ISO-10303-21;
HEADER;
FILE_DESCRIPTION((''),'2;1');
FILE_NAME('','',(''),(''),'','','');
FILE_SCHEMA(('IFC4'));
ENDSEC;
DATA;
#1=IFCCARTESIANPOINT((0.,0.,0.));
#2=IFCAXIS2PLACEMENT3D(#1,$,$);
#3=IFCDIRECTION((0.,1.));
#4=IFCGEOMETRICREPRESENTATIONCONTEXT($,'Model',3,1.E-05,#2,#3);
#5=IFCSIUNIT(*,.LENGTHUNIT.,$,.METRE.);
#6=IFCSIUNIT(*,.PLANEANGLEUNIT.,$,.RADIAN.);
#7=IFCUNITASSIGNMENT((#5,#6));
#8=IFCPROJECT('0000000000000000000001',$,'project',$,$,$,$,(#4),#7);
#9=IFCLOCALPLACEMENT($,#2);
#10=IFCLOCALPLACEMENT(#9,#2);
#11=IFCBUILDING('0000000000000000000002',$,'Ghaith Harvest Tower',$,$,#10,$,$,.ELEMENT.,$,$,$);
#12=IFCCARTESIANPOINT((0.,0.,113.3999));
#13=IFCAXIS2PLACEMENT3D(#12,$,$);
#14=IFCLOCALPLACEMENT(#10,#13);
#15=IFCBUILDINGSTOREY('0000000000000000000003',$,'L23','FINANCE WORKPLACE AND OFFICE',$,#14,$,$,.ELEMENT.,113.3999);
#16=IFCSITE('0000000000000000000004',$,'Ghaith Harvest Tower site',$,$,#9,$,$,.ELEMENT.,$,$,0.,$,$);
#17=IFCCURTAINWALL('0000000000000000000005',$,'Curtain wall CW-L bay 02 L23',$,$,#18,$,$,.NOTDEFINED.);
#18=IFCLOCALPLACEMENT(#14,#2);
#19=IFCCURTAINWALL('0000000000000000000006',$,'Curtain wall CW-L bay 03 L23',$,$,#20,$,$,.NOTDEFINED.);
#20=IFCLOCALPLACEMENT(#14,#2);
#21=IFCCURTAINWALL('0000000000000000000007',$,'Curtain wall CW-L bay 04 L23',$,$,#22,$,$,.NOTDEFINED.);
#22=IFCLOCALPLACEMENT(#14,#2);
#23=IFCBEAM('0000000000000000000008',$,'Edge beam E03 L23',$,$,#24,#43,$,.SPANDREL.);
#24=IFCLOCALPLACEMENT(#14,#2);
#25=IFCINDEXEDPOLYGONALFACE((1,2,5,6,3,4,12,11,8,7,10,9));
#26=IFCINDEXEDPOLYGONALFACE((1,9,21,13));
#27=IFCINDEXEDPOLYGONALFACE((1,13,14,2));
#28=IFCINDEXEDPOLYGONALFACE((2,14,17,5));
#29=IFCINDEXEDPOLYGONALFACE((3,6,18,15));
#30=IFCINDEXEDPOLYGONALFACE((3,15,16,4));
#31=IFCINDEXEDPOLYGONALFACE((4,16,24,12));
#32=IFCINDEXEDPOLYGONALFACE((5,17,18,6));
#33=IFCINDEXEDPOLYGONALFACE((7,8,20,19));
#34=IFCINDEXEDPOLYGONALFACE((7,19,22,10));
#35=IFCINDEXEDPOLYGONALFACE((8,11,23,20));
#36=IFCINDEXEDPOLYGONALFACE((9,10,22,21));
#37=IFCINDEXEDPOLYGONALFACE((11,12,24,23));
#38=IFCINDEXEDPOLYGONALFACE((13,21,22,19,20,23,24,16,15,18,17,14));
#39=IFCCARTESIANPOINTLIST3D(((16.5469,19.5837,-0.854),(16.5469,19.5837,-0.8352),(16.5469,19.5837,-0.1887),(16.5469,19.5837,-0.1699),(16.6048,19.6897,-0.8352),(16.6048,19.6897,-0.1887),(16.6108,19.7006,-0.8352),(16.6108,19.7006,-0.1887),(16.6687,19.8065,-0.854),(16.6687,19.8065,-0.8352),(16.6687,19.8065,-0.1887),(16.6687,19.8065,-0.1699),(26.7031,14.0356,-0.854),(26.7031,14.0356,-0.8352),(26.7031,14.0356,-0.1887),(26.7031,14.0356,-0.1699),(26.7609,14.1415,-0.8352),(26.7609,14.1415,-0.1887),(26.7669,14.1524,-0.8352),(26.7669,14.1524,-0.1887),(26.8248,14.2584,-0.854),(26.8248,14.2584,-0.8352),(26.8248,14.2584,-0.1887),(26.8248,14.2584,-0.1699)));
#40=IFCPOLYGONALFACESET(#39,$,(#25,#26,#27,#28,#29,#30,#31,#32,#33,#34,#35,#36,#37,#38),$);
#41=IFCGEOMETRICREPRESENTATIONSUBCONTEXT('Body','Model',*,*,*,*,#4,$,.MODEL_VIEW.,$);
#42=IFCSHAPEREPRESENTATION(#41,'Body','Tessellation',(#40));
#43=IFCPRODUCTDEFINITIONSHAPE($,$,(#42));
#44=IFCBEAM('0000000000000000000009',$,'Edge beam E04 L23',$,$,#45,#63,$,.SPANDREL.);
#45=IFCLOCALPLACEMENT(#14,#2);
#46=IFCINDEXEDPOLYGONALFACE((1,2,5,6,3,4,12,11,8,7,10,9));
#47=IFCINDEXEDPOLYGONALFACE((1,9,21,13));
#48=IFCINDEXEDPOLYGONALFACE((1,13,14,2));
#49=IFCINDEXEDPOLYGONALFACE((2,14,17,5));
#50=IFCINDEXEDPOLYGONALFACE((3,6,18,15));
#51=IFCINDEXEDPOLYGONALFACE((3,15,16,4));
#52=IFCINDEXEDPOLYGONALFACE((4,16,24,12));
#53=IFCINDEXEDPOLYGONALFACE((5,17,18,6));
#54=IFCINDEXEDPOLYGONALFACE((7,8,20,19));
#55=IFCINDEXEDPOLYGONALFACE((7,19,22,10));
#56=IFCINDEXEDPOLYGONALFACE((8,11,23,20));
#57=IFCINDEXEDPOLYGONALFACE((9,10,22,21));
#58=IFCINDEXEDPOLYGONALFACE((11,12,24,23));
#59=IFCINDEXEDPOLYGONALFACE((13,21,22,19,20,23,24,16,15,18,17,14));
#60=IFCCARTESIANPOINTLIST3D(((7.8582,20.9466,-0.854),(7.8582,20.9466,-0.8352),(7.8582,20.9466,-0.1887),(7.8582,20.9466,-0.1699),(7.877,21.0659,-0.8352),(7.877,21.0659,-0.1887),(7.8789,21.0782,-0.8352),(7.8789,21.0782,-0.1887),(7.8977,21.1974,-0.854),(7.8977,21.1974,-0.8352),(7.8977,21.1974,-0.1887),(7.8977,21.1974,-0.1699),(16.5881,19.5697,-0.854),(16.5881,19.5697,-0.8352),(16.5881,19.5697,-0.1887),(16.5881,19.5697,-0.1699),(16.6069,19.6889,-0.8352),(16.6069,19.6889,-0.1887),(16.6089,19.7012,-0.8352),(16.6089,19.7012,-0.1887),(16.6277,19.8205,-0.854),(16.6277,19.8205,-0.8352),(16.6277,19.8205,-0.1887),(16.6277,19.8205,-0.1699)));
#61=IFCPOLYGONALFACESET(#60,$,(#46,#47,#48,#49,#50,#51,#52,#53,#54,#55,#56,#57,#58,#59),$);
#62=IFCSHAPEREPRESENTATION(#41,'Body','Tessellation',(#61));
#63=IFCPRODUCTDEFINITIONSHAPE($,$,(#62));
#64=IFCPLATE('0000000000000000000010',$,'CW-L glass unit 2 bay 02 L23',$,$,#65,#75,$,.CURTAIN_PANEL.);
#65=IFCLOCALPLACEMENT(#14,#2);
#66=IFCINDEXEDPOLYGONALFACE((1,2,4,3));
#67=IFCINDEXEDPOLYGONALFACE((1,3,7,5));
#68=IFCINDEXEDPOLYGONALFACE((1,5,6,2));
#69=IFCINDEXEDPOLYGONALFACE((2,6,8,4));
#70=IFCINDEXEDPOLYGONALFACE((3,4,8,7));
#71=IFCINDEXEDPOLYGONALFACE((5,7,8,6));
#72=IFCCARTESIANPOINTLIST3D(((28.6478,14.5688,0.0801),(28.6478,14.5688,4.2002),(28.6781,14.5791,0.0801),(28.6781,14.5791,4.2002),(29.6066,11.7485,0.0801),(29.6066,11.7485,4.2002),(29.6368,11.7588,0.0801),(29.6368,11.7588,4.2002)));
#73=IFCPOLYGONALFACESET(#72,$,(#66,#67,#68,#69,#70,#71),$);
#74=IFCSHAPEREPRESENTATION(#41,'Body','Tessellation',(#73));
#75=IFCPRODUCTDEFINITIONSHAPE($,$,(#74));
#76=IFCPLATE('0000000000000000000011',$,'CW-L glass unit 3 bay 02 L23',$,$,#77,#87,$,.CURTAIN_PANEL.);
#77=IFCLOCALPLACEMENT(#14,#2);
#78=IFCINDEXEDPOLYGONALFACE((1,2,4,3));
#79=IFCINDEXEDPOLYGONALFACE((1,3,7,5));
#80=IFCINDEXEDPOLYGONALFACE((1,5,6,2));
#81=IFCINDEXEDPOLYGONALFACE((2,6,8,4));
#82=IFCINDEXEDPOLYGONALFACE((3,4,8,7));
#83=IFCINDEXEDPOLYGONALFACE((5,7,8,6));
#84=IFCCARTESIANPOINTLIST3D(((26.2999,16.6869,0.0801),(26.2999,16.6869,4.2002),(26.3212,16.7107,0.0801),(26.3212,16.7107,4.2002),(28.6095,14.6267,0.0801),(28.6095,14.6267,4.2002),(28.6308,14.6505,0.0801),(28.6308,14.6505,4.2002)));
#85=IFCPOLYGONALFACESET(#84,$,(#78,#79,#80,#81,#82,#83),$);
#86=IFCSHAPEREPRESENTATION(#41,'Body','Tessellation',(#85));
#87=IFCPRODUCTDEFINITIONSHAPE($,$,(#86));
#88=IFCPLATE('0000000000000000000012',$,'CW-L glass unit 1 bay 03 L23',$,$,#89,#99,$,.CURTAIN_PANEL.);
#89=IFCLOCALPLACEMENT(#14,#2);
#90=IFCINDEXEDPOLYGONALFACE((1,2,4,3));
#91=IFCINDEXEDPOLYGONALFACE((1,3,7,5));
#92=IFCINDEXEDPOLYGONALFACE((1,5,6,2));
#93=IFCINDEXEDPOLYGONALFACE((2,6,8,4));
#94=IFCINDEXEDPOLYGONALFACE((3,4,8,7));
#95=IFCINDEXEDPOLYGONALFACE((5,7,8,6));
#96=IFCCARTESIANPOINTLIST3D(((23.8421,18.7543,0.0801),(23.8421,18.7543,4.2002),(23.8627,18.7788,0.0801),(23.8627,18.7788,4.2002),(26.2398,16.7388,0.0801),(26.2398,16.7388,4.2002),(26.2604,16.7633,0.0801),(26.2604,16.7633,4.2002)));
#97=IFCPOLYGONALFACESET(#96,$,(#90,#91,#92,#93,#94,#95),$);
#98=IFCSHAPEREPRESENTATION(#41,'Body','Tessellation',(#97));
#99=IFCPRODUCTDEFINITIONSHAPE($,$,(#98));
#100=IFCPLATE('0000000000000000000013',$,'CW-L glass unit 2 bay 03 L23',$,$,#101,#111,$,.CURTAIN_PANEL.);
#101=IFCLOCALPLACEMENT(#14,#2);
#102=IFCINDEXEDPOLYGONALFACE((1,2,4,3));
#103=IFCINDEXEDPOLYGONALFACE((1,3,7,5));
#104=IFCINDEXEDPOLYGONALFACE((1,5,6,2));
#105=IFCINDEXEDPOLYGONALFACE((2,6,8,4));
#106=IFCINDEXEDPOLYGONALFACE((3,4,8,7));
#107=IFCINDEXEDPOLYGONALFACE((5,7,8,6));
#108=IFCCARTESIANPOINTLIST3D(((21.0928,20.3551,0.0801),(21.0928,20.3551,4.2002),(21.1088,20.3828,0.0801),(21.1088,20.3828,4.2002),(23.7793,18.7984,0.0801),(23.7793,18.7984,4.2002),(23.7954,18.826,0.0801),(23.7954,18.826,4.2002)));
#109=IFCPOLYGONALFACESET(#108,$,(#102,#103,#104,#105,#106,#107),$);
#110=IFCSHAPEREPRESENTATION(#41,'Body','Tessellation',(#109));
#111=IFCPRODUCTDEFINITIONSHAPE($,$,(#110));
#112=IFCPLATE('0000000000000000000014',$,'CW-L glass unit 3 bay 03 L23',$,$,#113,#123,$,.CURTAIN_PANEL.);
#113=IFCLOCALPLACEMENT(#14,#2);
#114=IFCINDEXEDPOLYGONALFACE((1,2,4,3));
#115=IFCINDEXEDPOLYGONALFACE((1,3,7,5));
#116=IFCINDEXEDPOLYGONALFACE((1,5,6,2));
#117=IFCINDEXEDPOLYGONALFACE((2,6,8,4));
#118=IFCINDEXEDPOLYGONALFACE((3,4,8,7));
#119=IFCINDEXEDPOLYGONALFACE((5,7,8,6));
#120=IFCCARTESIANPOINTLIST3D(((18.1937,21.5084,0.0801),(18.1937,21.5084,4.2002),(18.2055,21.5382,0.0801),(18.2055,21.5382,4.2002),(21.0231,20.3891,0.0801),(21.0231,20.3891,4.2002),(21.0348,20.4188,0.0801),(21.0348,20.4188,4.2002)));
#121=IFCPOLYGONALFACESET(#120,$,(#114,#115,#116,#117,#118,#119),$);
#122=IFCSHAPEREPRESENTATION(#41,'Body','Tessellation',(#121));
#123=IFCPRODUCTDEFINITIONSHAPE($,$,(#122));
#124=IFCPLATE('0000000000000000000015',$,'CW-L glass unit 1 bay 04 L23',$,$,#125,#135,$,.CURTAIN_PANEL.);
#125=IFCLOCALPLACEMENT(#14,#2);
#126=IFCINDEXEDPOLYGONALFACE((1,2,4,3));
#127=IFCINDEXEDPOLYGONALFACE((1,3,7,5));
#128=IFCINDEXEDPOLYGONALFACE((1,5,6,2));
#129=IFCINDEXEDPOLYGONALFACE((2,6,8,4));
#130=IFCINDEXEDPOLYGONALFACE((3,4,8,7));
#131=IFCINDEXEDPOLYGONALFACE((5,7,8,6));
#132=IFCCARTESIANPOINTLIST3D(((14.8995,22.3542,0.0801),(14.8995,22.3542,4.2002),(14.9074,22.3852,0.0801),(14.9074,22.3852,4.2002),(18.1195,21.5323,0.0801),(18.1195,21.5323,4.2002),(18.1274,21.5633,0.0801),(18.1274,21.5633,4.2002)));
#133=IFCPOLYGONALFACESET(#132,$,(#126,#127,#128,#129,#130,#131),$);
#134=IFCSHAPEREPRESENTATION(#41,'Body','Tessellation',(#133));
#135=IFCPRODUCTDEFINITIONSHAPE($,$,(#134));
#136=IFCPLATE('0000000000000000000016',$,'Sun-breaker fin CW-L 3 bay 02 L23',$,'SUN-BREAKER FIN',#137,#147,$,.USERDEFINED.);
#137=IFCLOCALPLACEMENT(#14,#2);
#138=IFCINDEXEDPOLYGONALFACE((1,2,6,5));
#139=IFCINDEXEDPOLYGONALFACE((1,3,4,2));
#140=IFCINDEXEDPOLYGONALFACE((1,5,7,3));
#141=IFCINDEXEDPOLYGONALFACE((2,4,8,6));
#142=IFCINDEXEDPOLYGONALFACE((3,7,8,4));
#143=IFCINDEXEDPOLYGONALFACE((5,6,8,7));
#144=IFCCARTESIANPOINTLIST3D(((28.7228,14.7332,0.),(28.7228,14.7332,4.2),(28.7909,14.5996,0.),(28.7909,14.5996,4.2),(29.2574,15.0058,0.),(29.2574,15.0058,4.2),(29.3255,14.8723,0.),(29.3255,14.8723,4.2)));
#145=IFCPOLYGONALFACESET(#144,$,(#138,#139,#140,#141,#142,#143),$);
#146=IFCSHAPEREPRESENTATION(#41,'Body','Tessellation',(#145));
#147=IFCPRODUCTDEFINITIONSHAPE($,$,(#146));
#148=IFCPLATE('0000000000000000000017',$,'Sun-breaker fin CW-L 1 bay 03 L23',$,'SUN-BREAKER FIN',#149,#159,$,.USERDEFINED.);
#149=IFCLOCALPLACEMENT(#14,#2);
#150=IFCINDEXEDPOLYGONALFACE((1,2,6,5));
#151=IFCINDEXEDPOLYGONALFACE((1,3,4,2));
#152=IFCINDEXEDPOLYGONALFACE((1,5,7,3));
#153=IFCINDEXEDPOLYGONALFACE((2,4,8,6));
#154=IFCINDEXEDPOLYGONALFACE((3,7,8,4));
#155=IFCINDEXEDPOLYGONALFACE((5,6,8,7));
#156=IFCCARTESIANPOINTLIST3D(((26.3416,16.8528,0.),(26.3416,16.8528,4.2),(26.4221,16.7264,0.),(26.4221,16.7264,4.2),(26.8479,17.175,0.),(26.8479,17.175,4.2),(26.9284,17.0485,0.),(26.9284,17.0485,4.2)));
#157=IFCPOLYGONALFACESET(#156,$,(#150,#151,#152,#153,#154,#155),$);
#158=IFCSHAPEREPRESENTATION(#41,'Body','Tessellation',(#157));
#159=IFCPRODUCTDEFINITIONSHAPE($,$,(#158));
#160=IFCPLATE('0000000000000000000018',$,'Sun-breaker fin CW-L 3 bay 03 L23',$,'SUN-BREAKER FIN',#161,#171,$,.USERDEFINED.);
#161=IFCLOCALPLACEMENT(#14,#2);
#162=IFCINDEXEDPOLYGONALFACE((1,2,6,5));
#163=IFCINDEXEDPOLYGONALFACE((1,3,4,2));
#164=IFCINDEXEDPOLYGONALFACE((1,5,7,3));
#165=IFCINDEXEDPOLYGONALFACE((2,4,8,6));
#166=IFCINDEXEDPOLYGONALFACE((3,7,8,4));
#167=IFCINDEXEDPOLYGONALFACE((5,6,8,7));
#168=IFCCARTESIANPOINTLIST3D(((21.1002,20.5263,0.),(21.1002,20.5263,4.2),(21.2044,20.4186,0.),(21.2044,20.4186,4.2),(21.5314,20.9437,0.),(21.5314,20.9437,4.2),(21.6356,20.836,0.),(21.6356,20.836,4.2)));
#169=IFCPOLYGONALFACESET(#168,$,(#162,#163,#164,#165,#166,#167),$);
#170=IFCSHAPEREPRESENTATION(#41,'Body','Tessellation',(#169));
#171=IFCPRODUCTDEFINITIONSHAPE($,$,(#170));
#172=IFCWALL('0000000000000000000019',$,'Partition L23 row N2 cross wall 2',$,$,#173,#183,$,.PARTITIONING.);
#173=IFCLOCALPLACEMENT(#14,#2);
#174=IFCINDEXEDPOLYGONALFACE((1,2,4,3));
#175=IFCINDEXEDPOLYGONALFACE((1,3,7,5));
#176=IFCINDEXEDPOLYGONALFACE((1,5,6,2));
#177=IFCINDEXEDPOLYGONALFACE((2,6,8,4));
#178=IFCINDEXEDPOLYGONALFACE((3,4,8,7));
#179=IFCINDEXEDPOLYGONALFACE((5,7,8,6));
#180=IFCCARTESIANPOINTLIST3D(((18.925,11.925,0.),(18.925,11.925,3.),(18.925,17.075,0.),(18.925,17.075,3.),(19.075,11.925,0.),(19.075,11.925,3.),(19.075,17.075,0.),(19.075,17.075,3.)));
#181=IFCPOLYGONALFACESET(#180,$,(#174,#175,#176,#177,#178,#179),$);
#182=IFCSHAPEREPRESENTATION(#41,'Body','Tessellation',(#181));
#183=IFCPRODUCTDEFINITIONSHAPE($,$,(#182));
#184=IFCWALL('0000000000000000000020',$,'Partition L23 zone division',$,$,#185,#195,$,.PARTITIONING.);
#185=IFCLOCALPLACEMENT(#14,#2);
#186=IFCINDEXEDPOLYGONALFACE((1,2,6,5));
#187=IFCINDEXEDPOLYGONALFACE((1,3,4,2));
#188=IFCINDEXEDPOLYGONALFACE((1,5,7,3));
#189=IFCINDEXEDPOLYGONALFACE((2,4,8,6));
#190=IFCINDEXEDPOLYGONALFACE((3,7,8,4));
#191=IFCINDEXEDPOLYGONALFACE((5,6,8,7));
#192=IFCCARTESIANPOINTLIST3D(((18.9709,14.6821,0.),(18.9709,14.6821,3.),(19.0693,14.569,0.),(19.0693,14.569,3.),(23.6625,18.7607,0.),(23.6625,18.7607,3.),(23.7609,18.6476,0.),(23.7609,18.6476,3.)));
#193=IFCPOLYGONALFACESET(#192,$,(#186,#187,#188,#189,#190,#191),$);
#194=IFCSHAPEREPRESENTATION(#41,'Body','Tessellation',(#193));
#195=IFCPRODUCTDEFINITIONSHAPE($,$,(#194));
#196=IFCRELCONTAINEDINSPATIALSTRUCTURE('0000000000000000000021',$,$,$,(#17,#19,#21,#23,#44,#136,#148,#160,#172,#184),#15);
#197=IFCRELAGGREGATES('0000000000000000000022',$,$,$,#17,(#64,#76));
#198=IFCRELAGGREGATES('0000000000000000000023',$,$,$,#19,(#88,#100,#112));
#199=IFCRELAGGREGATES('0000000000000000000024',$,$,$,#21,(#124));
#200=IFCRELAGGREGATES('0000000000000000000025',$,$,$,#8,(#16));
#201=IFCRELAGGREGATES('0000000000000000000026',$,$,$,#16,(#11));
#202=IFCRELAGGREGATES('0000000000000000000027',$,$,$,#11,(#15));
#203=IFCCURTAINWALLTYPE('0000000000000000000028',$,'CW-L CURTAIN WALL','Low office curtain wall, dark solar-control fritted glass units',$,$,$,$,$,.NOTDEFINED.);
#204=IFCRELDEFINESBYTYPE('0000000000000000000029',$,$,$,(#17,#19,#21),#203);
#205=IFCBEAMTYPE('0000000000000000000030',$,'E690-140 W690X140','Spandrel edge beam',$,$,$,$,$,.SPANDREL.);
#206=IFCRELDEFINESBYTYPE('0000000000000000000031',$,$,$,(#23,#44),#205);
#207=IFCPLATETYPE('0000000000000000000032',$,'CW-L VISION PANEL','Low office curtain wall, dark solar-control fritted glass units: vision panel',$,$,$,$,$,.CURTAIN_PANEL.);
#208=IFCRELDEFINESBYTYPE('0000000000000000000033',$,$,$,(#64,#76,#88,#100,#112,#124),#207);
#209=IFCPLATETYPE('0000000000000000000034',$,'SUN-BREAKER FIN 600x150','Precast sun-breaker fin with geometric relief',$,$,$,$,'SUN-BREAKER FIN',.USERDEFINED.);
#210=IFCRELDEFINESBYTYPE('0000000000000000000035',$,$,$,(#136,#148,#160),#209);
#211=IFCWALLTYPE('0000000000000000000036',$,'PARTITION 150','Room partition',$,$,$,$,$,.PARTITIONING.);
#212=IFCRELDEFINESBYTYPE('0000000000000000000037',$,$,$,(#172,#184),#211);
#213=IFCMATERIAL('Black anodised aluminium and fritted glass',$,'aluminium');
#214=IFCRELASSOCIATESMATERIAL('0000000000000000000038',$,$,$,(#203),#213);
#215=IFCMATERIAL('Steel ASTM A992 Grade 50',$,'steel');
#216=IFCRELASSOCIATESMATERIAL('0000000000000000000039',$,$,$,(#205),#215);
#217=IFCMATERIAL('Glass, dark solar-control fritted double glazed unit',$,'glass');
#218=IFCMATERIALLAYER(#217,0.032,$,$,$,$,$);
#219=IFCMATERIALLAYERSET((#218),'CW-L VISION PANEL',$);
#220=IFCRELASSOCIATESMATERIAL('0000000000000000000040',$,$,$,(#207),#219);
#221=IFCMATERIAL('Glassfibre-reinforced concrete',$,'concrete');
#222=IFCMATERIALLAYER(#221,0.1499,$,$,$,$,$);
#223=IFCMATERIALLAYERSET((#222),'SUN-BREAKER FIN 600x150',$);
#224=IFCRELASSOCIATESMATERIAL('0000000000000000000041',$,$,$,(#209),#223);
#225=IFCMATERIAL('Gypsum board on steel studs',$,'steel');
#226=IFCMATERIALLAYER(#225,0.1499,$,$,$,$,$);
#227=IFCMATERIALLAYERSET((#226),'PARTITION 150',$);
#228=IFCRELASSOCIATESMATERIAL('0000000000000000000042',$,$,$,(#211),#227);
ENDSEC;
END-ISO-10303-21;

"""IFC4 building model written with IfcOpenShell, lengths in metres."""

from ifc_helpers import new_model, si_unit, direction, frame, frame_2d, origin, origin_2d, place, context, subcontext, project, spatial, rectangle, i_section, extrude, material, layer, layer_set, material_profile, profile_set, type_object, element, aggregate, save


model = new_model("IFC4")

# Units and contexts
model_context = context("Model", 3, precision=1e-05, world=origin(), true_north=direction((0.0, 1.0)))
body_context = subcontext(model_context, "Body", "Model", "MODEL_VIEW")
ifc_project = project(units=[si_unit("LENGTHUNIT", "METRE"), si_unit("PLANEANGLEUNIT", "RADIAN")], contexts=[model_context])

# Site, building, storey
site_placement = place(None, origin())
site = spatial("IfcSite", under=ifc_project, at=site_placement, Name="Ghaith Harvest Tower site", CompositionType="ELEMENT", RefElevation=0.0)
building_placement = place(site_placement, origin())
building = spatial("IfcBuilding", under=site, at=building_placement, Name="Ghaith Harvest Tower", CompositionType="ELEMENT")
storey_placement = place(building_placement, frame((0.0, 0.0, 113.3999)))
storey = spatial("IfcBuildingStorey", under=building, at=storey_placement, Name="L23", Description="FINANCE WORKPLACE AND OFFICE", CompositionType="ELEMENT", Elevation=113.3999)

# Curtain wall
ifc_material_1 = material(Name="Black anodised aluminium and fritted glass", Category="aluminium")
curtain_wall_type = type_object("IfcCurtainWallType", Name="CW-L CURTAIN WALL", Description="Low office curtain wall, dark solar-control fritted glass units", PredefinedType="NOTDEFINED", material=ifc_material_1)
curtain_wall_1_placement = place(storey_placement, origin())
curtain_wall_1 = element("IfcCurtainWall", 1, at=curtain_wall_1_placement, inside=storey, type_object=curtain_wall_type, Name="Curtain wall CW-L bay 02 L23", PredefinedType="NOTDEFINED")

# Curtain walls
curtain_wall_2_placement = place(storey_placement, origin())
curtain_wall_2 = element("IfcCurtainWall", 2, at=curtain_wall_2_placement, inside=storey, type_object=curtain_wall_type, Name="Curtain wall CW-L bay 03 L23", PredefinedType="NOTDEFINED")
curtain_wall_3_placement = place(storey_placement, origin())
curtain_wall_3 = element("IfcCurtainWall", 3, at=curtain_wall_3_placement, inside=storey, type_object=curtain_wall_type, Name="Curtain wall CW-L bay 04 L23", PredefinedType="NOTDEFINED")

# Beams
ifc_material_2 = material(Name="Steel ASTM A992 Grade 50", Category="steel")
ifc_material_profile_1 = material_profile(ifc_material_2, i_section(OverallWidth=0.2539, OverallDepth=0.6841, WebThickness=0.0125, FlangeThickness=0.0188, at=origin_2d()), Name="W690X140")
ifc_profile_set_1 = profile_set([ifc_material_profile_1], Name="Steel ASTM A992 Grade 50")
beam_type = type_object("IfcBeamType", Name="E690-140 W690X140", Description="Spandrel edge beam", PredefinedType="SPANDREL", material=ifc_profile_set_1)
beam_1_placement = place(storey_placement, frame((26.7639, 14.147, -0.512), z_axis=(-0.877588, 0.479415, 0.0), x_axis=(-0.479415, -0.877588, 0.0)))
element("IfcBeam", 4, at=beam_1_placement, inside=storey, type_object=beam_type, Name="Edge beam E03 L23", PredefinedType="SPANDREL", context=body_context, shape_type="SweptSolid", body=[
    extrude(i_section(OverallWidth=0.2539, OverallDepth=0.6841, WebThickness=0.0125, FlangeThickness=0.0188, at=origin_2d()), origin(), (0.0, 0.0, 1.0), 11.5728),
])
beam_2_placement = place(storey_placement, frame((16.6079, 19.6951, -0.512), z_axis=(-0.987788, 0.155801, 0.0), x_axis=(-0.155801, -0.987788, 0.0)))
element("IfcBeam", 5, at=beam_2_placement, inside=storey, type_object=beam_type, Name="Edge beam E04 L23", PredefinedType="SPANDREL", context=body_context, shape_type="SweptSolid", body=[
    extrude(i_section(OverallWidth=0.2539, OverallDepth=0.6841, WebThickness=0.0125, FlangeThickness=0.0188, at=origin_2d()), origin(), (0.0, 0.0, 1.0), 8.8379),
])

# Plates
ifc_material_3 = material(Name="Glass, dark solar-control fritted double glazed unit", Category="glass")
ifc_layer_1 = layer(ifc_material_3, 0.032)
ifc_layer_set_1 = layer_set([ifc_layer_1], Name="CW-L VISION PANEL")
plate_type_1 = type_object("IfcPlateType", Name="CW-L VISION PANEL", Description="Low office curtain wall, dark solar-control fritted glass units: vision panel", PredefinedType="CURTAIN_PANEL", material=ifc_layer_set_1)
plate_1_placement = place(storey_placement, frame((29.1423, 13.1638, 0.0801), z_axis=(0.0, 0.0, 1.0), x_axis=(-0.321853, 0.94679, 0.0)))
plate_1 = element("IfcPlate", 6, at=plate_1_placement, type_object=plate_type_1, Name="CW-L glass unit 2 bay 02 L23", PredefinedType="CURTAIN_PANEL", context=body_context, shape_type="SweptSolid", body=[
    extrude(rectangle(XDim=2.9788, YDim=0.032, at=origin_2d()), origin(), (0.0, 0.0, 1.0), 4.1201),
])
plate_2_placement = place(storey_placement, frame((27.4653, 15.6687, 0.0801), z_axis=(0.0, 0.0, 1.0), x_axis=(-0.746251, 0.665665, 0.0)))
plate_2 = element("IfcPlate", 7, at=plate_2_placement, type_object=plate_type_1, Name="CW-L glass unit 3 bay 02 L23", PredefinedType="CURTAIN_PANEL", context=body_context, shape_type="SweptSolid", body=[
    extrude(rectangle(XDim=3.095, YDim=0.032, at=origin_2d()), origin(), (0.0, 0.0, 1.0), 4.1201),
])
aggregate(curtain_wall_1, [plate_1, plate_2])
plate_3_placement = place(storey_placement, frame((25.0513, 17.7588, 0.0801), z_axis=(0.0, 0.0, 1.0), x_axis=(-0.765473, 0.643468, 0.0)))
plate_3 = element("IfcPlate", 8, at=plate_3_placement, type_object=plate_type_1, Name="CW-L glass unit 1 bay 03 L23", PredefinedType="CURTAIN_PANEL", context=body_context, shape_type="SweptSolid", body=[
    extrude(rectangle(XDim=3.1323, YDim=0.032, at=origin_2d()), origin(), (0.0, 0.0, 1.0), 4.1201),
])
plate_4_placement = place(storey_placement, frame((22.4441, 19.5906, 0.0801), z_axis=(0.0, 0.0, 1.0), x_axis=(-0.865232, 0.501372, 0.0)))
plate_4 = element("IfcPlate", 9, at=plate_4_placement, type_object=plate_type_1, Name="CW-L glass unit 2 bay 03 L23", PredefinedType="CURTAIN_PANEL", context=body_context, shape_type="SweptSolid", body=[
    extrude(rectangle(XDim=3.105, YDim=0.032, at=origin_2d()), origin(), (0.0, 0.0, 1.0), 4.1201),
])
plate_5_placement = place(storey_placement, frame((19.6143, 20.9636, 0.0801), z_axis=(0.0, 0.0, 1.0), x_axis=(-0.929877, 0.367872, 0.0)))
plate_5 = element("IfcPlate", 10, at=plate_5_placement, type_object=plate_type_1, Name="CW-L glass unit 3 bay 03 L23", PredefinedType="CURTAIN_PANEL", context=body_context, shape_type="SweptSolid", body=[
    extrude(rectangle(XDim=3.0427, YDim=0.032, at=origin_2d()), origin(), (0.0, 0.0, 1.0), 4.1201),
])
aggregate(curtain_wall_2, [plate_3, plate_4, plate_5])
plate_6_placement = place(storey_placement, frame((16.5134, 21.9587, 0.0801), z_axis=(0.0, 0.0, 1.0), x_axis=(-0.968931, 0.247331, 0.0)))
plate_6 = element("IfcPlate", 11, at=plate_6_placement, type_object=plate_type_1, Name="CW-L glass unit 1 bay 04 L23", PredefinedType="CURTAIN_PANEL", context=body_context, shape_type="SweptSolid", body=[
    extrude(rectangle(XDim=3.3232, YDim=0.032, at=origin_2d()), origin(), (0.0, 0.0, 1.0), 4.1201),
])
aggregate(curtain_wall_3, [plate_6])

# Plates
ifc_material_4 = material(Name="Glassfibre-reinforced concrete", Category="concrete")
ifc_layer_2 = layer(ifc_material_4, 0.1499)
ifc_layer_set_2 = layer_set([ifc_layer_2], Name="SUN-BREAKER FIN 600x150")
plate_type_2 = type_object("IfcPlateType", Name="SUN-BREAKER FIN 600x150", Description="Precast sun-breaker fin with geometric relief", ElementType="SUN-BREAKER FIN", PredefinedType="USERDEFINED", material=ifc_layer_set_2)
for number, where, z_axis, x_axis, name in (
    (12, (29.0242, 14.8027, 0.0), (0.0, 0.0, 1.0), (0.890831, 0.454335, 0.0), "Sun-breaker fin CW-L 3 bay 02 L23"),
    (13, (26.635, 16.9507, 0.0), (0.0, 0.0, 1.0), (0.843644, 0.536903, 0.0), "Sun-breaker fin CW-L 1 bay 03 L23"),
    (14, (21.3679, 20.6812, 0.0), (0.0, 0.0, 1.0), (0.718559, 0.695466, 0.0), "Sun-breaker fin CW-L 3 bay 03 L23"),
):
    element("IfcPlate", number, at=place(storey_placement, frame(where, z_axis=z_axis, x_axis=x_axis)), inside=storey, type_object=plate_type_2, Name=name, ObjectType="SUN-BREAKER FIN", PredefinedType="USERDEFINED", context=body_context, shape_type="SweptSolid", body=[
        extrude(rectangle(XDim=0.6001, YDim=0.1499, at=origin_2d()), origin(), (0.0, 0.0, 1.0), 4.2),
    ])

# Walls
ifc_material_5 = material(Name="Gypsum board on steel studs", Category="steel")
ifc_layer_3 = layer(ifc_material_5, 0.1499)
ifc_layer_set_3 = layer_set([ifc_layer_3], Name="PARTITION 150")
wall_type = type_object("IfcWallType", Name="PARTITION 150", Description="Room partition", PredefinedType="PARTITIONING", material=ifc_layer_set_3)
wall_1_placement = place(storey_placement, frame((19.0, 11.925, 0.0), z_axis=(0.0, 0.0, 1.0), x_axis=(0.0, 1.0, 0.0)))
element("IfcWall", 15, at=wall_1_placement, inside=storey, type_object=wall_type, Name="Partition L23 row N2 cross wall 2", PredefinedType="PARTITIONING", context=body_context, shape_type="SweptSolid", body=[
    extrude(rectangle(XDim=5.1499, YDim=0.1499, at=frame_2d((2.575, 0.0))), origin(), (0.0, 0.0, 1.0), 3.0),
])
wall_2_placement = place(storey_placement, frame((19.02, 14.6255, 0.0), z_axis=(0.0, 0.0, 1.0), x_axis=(0.754692, 0.65608, 0.0)))
element("IfcWall", 16, at=wall_2_placement, inside=storey, type_object=wall_type, Name="Partition L23 zone division", PredefinedType="PARTITIONING", context=body_context, shape_type="SweptSolid", body=[
    extrude(rectangle(XDim=6.2166, YDim=0.1499, at=frame_2d((3.1084, 0.0))), origin(), (0.0, 0.0, 1.0), 3.0),
])

save(model, "model.ifc")
